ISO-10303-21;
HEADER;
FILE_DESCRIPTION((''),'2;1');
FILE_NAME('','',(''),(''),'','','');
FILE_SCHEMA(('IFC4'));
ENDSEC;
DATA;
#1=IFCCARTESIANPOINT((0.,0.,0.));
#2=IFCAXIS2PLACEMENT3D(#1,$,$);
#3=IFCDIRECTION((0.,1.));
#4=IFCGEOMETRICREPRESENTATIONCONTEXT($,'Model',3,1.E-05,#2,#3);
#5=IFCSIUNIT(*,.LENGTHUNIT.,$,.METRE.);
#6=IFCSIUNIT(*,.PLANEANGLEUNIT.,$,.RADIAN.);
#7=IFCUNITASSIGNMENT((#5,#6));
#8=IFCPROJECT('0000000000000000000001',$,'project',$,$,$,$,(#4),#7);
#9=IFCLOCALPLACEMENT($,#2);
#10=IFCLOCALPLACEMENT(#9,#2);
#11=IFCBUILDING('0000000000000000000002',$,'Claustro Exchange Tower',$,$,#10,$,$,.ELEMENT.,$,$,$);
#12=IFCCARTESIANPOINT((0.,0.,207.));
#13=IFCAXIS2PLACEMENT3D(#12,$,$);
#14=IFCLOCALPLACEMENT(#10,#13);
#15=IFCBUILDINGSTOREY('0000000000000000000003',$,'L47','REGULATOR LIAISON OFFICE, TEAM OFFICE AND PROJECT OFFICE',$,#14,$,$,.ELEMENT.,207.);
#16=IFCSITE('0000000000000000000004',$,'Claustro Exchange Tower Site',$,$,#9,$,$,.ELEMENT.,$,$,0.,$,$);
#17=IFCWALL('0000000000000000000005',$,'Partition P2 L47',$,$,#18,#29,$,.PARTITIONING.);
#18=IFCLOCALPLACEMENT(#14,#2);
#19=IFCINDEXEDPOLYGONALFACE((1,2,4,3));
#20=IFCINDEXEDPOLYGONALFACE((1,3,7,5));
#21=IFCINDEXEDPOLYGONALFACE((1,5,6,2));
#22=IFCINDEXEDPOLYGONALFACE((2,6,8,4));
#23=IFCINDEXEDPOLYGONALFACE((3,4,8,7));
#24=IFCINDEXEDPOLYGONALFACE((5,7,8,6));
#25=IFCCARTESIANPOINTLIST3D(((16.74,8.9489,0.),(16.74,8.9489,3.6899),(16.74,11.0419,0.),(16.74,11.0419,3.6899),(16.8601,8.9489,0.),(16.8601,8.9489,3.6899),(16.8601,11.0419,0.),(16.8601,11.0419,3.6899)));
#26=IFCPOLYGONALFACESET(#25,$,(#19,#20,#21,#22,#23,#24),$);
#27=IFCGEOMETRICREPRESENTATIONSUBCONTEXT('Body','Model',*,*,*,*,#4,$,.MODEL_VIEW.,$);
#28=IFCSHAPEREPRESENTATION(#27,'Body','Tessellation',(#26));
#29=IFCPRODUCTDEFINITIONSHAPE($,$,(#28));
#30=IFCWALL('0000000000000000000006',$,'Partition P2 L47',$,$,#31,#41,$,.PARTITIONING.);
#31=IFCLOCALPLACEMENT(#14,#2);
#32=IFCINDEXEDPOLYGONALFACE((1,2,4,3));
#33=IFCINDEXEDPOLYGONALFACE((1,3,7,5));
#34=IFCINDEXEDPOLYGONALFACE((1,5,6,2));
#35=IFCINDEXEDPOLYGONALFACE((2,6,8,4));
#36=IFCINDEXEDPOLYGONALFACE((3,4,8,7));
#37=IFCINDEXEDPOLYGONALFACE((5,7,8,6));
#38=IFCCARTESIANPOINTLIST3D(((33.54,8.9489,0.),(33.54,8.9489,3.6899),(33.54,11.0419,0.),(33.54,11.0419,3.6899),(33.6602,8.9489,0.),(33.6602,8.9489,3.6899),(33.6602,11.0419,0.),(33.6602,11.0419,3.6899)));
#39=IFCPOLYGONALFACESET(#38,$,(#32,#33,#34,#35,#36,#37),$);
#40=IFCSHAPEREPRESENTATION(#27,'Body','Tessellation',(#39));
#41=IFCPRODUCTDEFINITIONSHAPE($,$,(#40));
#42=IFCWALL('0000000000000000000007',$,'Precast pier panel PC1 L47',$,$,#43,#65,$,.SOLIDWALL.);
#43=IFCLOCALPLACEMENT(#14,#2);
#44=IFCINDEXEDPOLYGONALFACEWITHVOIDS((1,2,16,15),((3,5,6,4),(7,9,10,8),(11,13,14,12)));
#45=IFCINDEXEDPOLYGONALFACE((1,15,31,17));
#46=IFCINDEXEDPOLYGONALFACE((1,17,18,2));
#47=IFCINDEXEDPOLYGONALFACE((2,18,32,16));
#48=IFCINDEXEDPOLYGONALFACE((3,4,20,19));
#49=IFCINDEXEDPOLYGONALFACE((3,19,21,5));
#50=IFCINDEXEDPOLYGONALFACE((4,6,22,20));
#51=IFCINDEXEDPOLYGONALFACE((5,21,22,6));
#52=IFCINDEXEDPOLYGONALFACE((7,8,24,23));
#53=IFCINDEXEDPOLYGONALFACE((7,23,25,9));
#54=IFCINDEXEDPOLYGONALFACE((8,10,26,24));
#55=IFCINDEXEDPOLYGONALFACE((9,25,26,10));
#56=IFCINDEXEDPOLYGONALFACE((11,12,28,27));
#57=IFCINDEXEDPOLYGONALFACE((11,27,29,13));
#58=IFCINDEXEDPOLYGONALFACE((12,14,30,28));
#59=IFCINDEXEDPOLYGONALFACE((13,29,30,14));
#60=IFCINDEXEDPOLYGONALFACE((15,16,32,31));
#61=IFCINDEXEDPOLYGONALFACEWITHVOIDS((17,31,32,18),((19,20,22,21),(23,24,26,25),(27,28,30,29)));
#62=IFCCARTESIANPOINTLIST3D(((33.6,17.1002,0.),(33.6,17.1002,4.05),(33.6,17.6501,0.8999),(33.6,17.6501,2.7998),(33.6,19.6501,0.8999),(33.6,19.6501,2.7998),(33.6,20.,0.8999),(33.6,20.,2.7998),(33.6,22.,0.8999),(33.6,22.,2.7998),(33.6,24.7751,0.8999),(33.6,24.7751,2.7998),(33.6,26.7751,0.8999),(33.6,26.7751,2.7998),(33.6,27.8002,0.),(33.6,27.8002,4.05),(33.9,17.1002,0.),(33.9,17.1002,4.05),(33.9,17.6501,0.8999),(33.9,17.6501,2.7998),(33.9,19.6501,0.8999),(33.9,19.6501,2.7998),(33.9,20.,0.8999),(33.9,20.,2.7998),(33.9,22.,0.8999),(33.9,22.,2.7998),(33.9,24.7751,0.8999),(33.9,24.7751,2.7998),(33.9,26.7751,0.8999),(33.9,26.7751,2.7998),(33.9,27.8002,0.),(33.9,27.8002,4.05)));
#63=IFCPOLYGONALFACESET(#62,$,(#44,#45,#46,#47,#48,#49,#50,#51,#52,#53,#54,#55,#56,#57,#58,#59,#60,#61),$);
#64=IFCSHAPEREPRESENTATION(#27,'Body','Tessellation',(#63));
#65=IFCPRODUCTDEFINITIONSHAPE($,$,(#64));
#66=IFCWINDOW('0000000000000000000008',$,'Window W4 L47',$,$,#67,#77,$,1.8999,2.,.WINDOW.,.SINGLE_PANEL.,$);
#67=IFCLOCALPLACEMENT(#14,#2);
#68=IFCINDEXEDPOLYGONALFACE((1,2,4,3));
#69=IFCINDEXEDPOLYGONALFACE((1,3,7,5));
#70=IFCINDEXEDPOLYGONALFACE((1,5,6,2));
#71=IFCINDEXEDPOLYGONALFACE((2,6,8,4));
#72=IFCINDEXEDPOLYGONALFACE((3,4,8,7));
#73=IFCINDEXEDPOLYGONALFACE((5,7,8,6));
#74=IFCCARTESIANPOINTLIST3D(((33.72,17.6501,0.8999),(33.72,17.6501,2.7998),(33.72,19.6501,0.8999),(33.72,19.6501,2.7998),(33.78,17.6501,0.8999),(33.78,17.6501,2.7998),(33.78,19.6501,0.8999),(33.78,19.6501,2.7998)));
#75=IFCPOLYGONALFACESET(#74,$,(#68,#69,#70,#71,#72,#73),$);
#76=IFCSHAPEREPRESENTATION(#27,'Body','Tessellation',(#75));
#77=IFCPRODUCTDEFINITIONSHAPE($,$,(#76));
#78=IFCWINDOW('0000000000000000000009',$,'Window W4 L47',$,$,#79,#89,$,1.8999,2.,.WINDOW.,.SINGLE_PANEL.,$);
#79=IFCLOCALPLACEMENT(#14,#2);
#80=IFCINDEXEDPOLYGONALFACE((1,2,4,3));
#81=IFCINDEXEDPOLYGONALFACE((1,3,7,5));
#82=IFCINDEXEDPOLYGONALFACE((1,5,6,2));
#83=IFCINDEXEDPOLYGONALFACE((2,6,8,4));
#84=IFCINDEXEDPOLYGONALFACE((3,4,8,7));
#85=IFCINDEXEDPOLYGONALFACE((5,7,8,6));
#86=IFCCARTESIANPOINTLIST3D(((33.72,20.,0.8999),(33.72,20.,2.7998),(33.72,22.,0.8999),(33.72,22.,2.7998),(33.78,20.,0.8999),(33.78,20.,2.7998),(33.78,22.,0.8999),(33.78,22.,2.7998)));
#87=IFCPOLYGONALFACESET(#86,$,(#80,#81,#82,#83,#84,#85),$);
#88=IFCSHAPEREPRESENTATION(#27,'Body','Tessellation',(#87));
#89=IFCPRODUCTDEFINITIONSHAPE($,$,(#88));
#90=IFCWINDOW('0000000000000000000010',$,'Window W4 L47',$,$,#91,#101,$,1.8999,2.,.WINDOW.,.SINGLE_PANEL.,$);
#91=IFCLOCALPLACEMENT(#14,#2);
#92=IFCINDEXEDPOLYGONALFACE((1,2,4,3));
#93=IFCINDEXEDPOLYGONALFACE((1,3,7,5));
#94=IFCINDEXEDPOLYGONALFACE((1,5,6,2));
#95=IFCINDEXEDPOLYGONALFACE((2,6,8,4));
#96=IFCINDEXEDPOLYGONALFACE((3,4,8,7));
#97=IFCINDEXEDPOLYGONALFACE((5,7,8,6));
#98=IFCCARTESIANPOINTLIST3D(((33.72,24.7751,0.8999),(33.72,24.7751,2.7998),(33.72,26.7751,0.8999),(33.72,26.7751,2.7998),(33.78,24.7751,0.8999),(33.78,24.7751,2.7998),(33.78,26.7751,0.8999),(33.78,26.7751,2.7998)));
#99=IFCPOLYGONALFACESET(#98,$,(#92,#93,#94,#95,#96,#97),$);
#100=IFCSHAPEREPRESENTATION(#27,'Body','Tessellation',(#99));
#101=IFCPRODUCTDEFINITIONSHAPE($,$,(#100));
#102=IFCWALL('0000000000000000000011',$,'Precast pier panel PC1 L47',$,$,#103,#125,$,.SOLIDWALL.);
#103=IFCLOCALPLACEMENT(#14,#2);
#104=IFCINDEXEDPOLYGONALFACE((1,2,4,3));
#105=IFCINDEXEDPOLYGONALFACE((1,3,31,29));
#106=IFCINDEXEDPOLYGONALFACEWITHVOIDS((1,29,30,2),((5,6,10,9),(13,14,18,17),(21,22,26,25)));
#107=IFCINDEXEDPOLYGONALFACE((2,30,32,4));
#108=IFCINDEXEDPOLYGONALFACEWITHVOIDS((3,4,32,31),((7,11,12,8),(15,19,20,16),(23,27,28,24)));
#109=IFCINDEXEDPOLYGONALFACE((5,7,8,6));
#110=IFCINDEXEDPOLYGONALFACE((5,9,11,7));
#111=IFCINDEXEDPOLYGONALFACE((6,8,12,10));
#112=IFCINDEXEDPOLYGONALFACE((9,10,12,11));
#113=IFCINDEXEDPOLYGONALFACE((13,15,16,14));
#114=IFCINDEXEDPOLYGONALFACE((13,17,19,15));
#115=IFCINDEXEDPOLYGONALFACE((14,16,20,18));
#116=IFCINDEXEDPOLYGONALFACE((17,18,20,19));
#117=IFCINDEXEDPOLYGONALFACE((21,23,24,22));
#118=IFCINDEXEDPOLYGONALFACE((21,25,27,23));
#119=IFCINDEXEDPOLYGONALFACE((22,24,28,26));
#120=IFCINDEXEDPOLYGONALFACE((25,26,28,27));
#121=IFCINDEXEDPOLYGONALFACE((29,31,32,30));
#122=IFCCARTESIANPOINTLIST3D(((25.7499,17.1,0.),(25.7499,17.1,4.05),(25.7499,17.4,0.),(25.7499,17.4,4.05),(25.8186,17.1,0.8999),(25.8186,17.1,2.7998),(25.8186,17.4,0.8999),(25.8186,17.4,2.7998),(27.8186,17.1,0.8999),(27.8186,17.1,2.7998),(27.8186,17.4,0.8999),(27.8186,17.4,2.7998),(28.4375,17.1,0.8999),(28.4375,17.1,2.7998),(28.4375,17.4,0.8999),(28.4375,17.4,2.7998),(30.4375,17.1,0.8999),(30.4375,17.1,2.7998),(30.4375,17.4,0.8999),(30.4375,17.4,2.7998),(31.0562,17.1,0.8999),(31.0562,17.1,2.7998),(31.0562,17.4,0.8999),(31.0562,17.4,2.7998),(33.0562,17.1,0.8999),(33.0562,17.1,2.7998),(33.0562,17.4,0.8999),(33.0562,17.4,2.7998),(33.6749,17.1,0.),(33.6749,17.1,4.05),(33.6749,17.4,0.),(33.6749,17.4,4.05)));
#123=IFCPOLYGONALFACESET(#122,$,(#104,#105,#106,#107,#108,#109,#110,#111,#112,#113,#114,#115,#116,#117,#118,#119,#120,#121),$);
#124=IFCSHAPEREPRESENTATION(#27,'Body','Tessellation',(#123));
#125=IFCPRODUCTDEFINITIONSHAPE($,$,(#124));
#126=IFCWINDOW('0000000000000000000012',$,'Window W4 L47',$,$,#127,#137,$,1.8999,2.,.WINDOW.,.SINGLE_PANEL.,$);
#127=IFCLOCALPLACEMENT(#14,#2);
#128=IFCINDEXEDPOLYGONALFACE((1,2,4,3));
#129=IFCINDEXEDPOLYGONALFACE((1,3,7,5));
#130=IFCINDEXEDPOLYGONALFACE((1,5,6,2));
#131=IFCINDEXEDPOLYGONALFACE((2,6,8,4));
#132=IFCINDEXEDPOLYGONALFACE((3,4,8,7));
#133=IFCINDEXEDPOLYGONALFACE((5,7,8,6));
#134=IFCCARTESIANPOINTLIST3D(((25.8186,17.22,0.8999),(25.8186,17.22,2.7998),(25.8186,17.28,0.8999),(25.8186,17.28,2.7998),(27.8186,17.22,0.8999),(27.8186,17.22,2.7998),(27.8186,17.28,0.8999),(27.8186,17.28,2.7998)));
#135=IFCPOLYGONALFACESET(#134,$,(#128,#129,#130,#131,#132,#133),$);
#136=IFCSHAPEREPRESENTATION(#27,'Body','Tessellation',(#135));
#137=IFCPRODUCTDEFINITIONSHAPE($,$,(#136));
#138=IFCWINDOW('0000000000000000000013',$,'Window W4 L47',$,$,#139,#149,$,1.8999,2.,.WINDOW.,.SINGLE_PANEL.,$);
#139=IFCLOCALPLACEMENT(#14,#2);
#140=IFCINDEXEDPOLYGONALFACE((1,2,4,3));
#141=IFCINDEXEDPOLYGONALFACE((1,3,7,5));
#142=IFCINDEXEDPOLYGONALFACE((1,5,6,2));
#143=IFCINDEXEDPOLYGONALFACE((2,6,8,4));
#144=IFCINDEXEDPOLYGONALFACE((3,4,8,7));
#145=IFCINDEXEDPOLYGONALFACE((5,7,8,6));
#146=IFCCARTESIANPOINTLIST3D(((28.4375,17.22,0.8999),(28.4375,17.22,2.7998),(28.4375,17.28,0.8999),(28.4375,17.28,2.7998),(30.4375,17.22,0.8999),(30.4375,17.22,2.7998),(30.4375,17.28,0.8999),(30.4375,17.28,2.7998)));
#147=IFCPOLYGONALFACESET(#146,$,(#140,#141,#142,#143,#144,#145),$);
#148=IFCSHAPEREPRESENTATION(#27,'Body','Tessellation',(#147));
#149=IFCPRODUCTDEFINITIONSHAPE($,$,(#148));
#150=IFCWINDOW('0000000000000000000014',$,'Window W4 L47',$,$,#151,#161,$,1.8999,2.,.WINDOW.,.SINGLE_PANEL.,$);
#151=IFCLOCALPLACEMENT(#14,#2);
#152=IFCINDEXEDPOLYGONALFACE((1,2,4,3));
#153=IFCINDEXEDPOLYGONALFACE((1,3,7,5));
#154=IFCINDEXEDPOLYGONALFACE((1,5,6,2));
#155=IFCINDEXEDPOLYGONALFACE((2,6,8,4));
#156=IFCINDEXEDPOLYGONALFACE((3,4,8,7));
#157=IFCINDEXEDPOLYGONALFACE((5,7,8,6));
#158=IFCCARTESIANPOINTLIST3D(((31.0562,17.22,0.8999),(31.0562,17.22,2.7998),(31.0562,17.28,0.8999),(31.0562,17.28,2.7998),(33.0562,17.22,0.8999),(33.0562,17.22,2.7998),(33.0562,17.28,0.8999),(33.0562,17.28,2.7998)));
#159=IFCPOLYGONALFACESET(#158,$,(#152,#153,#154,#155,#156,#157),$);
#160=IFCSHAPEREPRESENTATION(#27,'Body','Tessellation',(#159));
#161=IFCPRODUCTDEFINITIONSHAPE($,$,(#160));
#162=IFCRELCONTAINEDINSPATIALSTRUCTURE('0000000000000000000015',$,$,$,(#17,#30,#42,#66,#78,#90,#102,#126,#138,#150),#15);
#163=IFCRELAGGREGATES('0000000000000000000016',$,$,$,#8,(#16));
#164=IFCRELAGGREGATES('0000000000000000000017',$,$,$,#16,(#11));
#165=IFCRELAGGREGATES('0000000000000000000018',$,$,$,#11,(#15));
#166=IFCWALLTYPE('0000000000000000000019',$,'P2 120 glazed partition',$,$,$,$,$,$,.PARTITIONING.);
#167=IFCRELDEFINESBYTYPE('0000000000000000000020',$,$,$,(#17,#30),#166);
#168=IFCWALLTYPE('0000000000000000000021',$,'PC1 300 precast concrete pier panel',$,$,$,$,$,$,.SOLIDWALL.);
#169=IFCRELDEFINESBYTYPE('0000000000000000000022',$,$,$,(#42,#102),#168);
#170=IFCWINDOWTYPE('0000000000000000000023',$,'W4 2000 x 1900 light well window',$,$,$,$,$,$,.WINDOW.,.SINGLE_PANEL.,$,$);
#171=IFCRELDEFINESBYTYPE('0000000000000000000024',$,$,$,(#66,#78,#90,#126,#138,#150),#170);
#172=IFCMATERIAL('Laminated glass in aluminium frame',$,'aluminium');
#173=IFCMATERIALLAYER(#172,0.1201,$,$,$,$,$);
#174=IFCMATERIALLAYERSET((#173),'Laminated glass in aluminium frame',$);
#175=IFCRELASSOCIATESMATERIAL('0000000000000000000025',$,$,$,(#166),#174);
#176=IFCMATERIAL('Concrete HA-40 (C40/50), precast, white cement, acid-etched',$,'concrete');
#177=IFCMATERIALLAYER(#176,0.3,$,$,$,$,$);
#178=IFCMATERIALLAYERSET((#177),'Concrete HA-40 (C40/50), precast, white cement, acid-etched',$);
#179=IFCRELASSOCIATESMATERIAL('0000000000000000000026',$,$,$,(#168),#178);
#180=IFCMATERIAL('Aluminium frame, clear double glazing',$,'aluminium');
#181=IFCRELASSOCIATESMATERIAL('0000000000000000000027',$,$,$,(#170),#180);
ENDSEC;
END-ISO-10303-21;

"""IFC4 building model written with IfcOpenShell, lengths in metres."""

from ifc_helpers import new_model, si_unit, direction, frame, frame_2d, origin, place, context, subcontext, project, spatial, rectangle, extrude, material, layer, layer_set, type_object, element, fill, save


model = new_model("IFC4")

# Units and contexts
model_context = context("Model", 3, precision=1e-05, world=origin(), true_north=direction((0.0, 1.0)))
body_context = subcontext(model_context, "Body", "Model", "MODEL_VIEW")
ifc_project = project(units=[si_unit("LENGTHUNIT", "METRE"), si_unit("PLANEANGLEUNIT", "RADIAN")], contexts=[model_context])

# Site, building, storey
site_placement = place(None, origin())
site = spatial("IfcSite", under=ifc_project, at=site_placement, Name="Claustro Exchange Tower Site", CompositionType="ELEMENT", RefElevation=0.0)
building_placement = place(site_placement, origin())
building = spatial("IfcBuilding", under=site, at=building_placement, Name="Claustro Exchange Tower", CompositionType="ELEMENT")
storey_placement = place(building_placement, frame((0.0, 0.0, 207.0)))
storey = spatial("IfcBuildingStorey", under=building, at=storey_placement, Name="L47", Description="REGULATOR LIAISON OFFICE, TEAM OFFICE AND PROJECT OFFICE", CompositionType="ELEMENT", Elevation=207.0)

# Shared definitions
ifc_material_1 = material(Name="Laminated glass in aluminium frame", Category="aluminium")
ifc_layer_1 = layer(ifc_material_1, 0.1201)
ifc_layer_set_1 = layer_set([ifc_layer_1], Name="Laminated glass in aluminium frame")
wall_type_1 = type_object("IfcWallType", Name="P2 120 glazed partition", PredefinedType="PARTITIONING", material=ifc_layer_set_1)

# Walls
for number, where, z_axis, x_axis, name in (
    (1, (16.8, 8.949, 0.0), (0.0, 0.0, 1.0), (0.0, 1.0, 0.0), "Partition P2 L47"),
    (2, (33.6001, 8.949, 0.0), (0.0, 0.0, 1.0), (0.0, 1.0, 0.0), "Partition P2 L47"),
):
    element("IfcWall", number, at=place(storey_placement, frame(where, z_axis=z_axis, x_axis=x_axis)), inside=storey, type_object=wall_type_1, Name=name, PredefinedType="PARTITIONING", context=body_context, shape_type="SweptSolid", body=[
        extrude(rectangle(XDim=2.093, YDim=0.1201, at=frame_2d((1.0464, 0.0))), origin(), (0.0, 0.0, 1.0), 3.6899),
    ])

# Walls, openings, windows
ifc_material_2 = material(Name="Concrete HA-40 (C40/50), precast, white cement, acid-etched", Category="concrete")
ifc_layer_2 = layer(ifc_material_2, 0.3)
ifc_layer_set_2 = layer_set([ifc_layer_2], Name="Concrete HA-40 (C40/50), precast, white cement, acid-etched")
wall_type_2 = type_object("IfcWallType", Name="PC1 300 precast concrete pier panel", PredefinedType="SOLIDWALL", material=ifc_layer_set_2)
wall_1_placement = place(storey_placement, frame((33.75, 17.1001, 0.0), z_axis=(0.0, 0.0, 1.0), x_axis=(0.0, 1.0, 0.0)))
wall_1 = element("IfcWall", 3, at=wall_1_placement, inside=storey, type_object=wall_type_2, Name="Precast pier panel PC1 L47", PredefinedType="SOLIDWALL", context=body_context, shape_type="SweptSolid", body=[
    extrude(rectangle(XDim=10.7, YDim=0.3, at=frame_2d((5.3501, 0.0))), origin(), (0.0, 0.0, 1.0), 4.05),
])
opening_1_placement = place(wall_1_placement, frame((0.55, 0.0, 0.8999)))
opening_1 = element("IfcOpeningElement", 4, at=opening_1_placement, cuts=wall_1, PredefinedType="OPENING", context=body_context, shape_type="SweptSolid", body=[
    extrude(rectangle(XDim=2.0, YDim=1.8999, at=frame_2d((1.0, 0.95))), frame((0.0, 0.1599, 0.0), z_axis=(0.0, -1.0, 0.0), x_axis=(1.0, 0.0, 0.0)), (0.0, 0.0, 1.0), 0.3201),
])
opening_2_placement = place(wall_1_placement, frame((2.8999, 0.0, 0.8999)))
opening_2 = element("IfcOpeningElement", 5, at=opening_2_placement, cuts=wall_1, PredefinedType="OPENING", context=body_context, shape_type="SweptSolid", body=[
    extrude(rectangle(XDim=2.0, YDim=1.8999, at=frame_2d((1.0, 0.95))), frame((0.0, 0.1599, 0.0), z_axis=(0.0, -1.0, 0.0), x_axis=(1.0, 0.0, 0.0)), (0.0, 0.0, 1.0), 0.3201),
])
opening_3_placement = place(wall_1_placement, frame((7.675, 0.0, 0.8999)))
opening_3 = element("IfcOpeningElement", 6, at=opening_3_placement, cuts=wall_1, PredefinedType="OPENING", context=body_context, shape_type="SweptSolid", body=[
    extrude(rectangle(XDim=2.0, YDim=1.8999, at=frame_2d((1.0, 0.95))), frame((0.0, 0.1599, 0.0), z_axis=(0.0, -1.0, 0.0), x_axis=(1.0, 0.0, 0.0)), (0.0, 0.0, 1.0), 0.3201),
])
ifc_material_3 = material(Name="Aluminium frame, clear double glazing", Category="aluminium")
window_type = type_object("IfcWindowType", Name="W4 2000 x 1900 light well window", PartitioningType="SINGLE_PANEL", PredefinedType="WINDOW", material=ifc_material_3)
window_1_placement = place(opening_1_placement, origin())
window_1 = element("IfcWindow", 7, at=window_1_placement, inside=storey, type_object=window_type, Name="Window W4 L47", OverallHeight=1.8999, OverallWidth=2.0, PartitioningType="SINGLE_PANEL", PredefinedType="WINDOW", context=body_context, shape_type="SweptSolid", body=[
    extrude(rectangle(XDim=2.0, YDim=1.8999, at=frame_2d((1.0, 0.95))), frame((0.0, 0.03, 0.0), z_axis=(0.0, -1.0, 0.0), x_axis=(1.0, 0.0, 0.0)), (0.0, 0.0, 1.0), 0.0601),
])
fill(opening_1, window_1)
window_2_placement = place(opening_2_placement, origin())
window_2 = element("IfcWindow", 8, at=window_2_placement, inside=storey, type_object=window_type, Name="Window W4 L47", OverallHeight=1.8999, OverallWidth=2.0, PartitioningType="SINGLE_PANEL", PredefinedType="WINDOW", context=body_context, shape_type="SweptSolid", body=[
    extrude(rectangle(XDim=2.0, YDim=1.8999, at=frame_2d((1.0, 0.95))), frame((0.0, 0.03, 0.0), z_axis=(0.0, -1.0, 0.0), x_axis=(1.0, 0.0, 0.0)), (0.0, 0.0, 1.0), 0.0601),
])
fill(opening_2, window_2)
window_3_placement = place(opening_3_placement, origin())
window_3 = element("IfcWindow", 9, at=window_3_placement, inside=storey, type_object=window_type, Name="Window W4 L47", OverallHeight=1.8999, OverallWidth=2.0, PartitioningType="SINGLE_PANEL", PredefinedType="WINDOW", context=body_context, shape_type="SweptSolid", body=[
    extrude(rectangle(XDim=2.0, YDim=1.8999, at=frame_2d((1.0, 0.95))), frame((0.0, 0.03, 0.0), z_axis=(0.0, -1.0, 0.0), x_axis=(1.0, 0.0, 0.0)), (0.0, 0.0, 1.0), 0.0601),
])
fill(opening_3, window_3)
wall_2_placement = place(storey_placement, frame((25.75, 17.25, 0.0), z_axis=(0.0, 0.0, 1.0), x_axis=(1.0, 0.0, 0.0)))
wall_2 = element("IfcWall", 10, at=wall_2_placement, inside=storey, type_object=wall_type_2, Name="Precast pier panel PC1 L47", PredefinedType="SOLIDWALL", context=body_context, shape_type="SweptSolid", body=[
    extrude(rectangle(XDim=7.925, YDim=0.3, at=frame_2d((3.9624, 0.0))), origin(), (0.0, 0.0, 1.0), 4.05),
])
opening_4_placement = place(wall_2_placement, frame((0.0686, 0.0, 0.8999)))
opening_4 = element("IfcOpeningElement", 11, at=opening_4_placement, cuts=wall_2, PredefinedType="OPENING", context=body_context, shape_type="SweptSolid", body=[
    extrude(rectangle(XDim=2.0, YDim=1.8999, at=frame_2d((1.0, 0.95))), frame((0.0, 0.1599, 0.0), z_axis=(0.0, -1.0, 0.0), x_axis=(1.0, 0.0, 0.0)), (0.0, 0.0, 1.0), 0.3201),
])
opening_5_placement = place(wall_2_placement, frame((2.6875, 0.0, 0.8999)))
opening_5 = element("IfcOpeningElement", 12, at=opening_5_placement, cuts=wall_2, PredefinedType="OPENING", context=body_context, shape_type="SweptSolid", body=[
    extrude(rectangle(XDim=2.0, YDim=1.8999, at=frame_2d((1.0, 0.95))), frame((0.0, 0.1599, 0.0), z_axis=(0.0, -1.0, 0.0), x_axis=(1.0, 0.0, 0.0)), (0.0, 0.0, 1.0), 0.3201),
])
opening_6_placement = place(wall_2_placement, frame((5.3062, 0.0, 0.8999)))
opening_6 = element("IfcOpeningElement", 13, at=opening_6_placement, cuts=wall_2, PredefinedType="OPENING", context=body_context, shape_type="SweptSolid", body=[
    extrude(rectangle(XDim=2.0, YDim=1.8999, at=frame_2d((1.0, 0.95))), frame((0.0, 0.1599, 0.0), z_axis=(0.0, -1.0, 0.0), x_axis=(1.0, 0.0, 0.0)), (0.0, 0.0, 1.0), 0.3201),
])
window_4_placement = place(opening_4_placement, origin())
window_4 = element("IfcWindow", 14, at=window_4_placement, inside=storey, type_object=window_type, Name="Window W4 L47", OverallHeight=1.8999, OverallWidth=2.0, PartitioningType="SINGLE_PANEL", PredefinedType="WINDOW", context=body_context, shape_type="SweptSolid", body=[
    extrude(rectangle(XDim=2.0, YDim=1.8999, at=frame_2d((1.0, 0.95))), frame((0.0, 0.03, 0.0), z_axis=(0.0, -1.0, 0.0), x_axis=(1.0, 0.0, 0.0)), (0.0, 0.0, 1.0), 0.0601),
])
fill(opening_4, window_4)
window_5_placement = place(opening_5_placement, origin())
window_5 = element("IfcWindow", 15, at=window_5_placement, inside=storey, type_object=window_type, Name="Window W4 L47", OverallHeight=1.8999, OverallWidth=2.0, PartitioningType="SINGLE_PANEL", PredefinedType="WINDOW", context=body_context, shape_type="SweptSolid", body=[
    extrude(rectangle(XDim=2.0, YDim=1.8999, at=frame_2d((1.0, 0.95))), frame((0.0, 0.03, 0.0), z_axis=(0.0, -1.0, 0.0), x_axis=(1.0, 0.0, 0.0)), (0.0, 0.0, 1.0), 0.0601),
])
fill(opening_5, window_5)
window_6_placement = place(opening_6_placement, origin())
window_6 = element("IfcWindow", 16, at=window_6_placement, inside=storey, type_object=window_type, Name="Window W4 L47", OverallHeight=1.8999, OverallWidth=2.0, PartitioningType="SINGLE_PANEL", PredefinedType="WINDOW", context=body_context, shape_type="SweptSolid", body=[
    extrude(rectangle(XDim=2.0, YDim=1.8999, at=frame_2d((1.0, 0.95))), frame((0.0, 0.03, 0.0), z_axis=(0.0, -1.0, 0.0), x_axis=(1.0, 0.0, 0.0)), (0.0, 0.0, 1.0), 0.0601),
])
fill(opening_6, window_6)

save(model, "model.ifc")
